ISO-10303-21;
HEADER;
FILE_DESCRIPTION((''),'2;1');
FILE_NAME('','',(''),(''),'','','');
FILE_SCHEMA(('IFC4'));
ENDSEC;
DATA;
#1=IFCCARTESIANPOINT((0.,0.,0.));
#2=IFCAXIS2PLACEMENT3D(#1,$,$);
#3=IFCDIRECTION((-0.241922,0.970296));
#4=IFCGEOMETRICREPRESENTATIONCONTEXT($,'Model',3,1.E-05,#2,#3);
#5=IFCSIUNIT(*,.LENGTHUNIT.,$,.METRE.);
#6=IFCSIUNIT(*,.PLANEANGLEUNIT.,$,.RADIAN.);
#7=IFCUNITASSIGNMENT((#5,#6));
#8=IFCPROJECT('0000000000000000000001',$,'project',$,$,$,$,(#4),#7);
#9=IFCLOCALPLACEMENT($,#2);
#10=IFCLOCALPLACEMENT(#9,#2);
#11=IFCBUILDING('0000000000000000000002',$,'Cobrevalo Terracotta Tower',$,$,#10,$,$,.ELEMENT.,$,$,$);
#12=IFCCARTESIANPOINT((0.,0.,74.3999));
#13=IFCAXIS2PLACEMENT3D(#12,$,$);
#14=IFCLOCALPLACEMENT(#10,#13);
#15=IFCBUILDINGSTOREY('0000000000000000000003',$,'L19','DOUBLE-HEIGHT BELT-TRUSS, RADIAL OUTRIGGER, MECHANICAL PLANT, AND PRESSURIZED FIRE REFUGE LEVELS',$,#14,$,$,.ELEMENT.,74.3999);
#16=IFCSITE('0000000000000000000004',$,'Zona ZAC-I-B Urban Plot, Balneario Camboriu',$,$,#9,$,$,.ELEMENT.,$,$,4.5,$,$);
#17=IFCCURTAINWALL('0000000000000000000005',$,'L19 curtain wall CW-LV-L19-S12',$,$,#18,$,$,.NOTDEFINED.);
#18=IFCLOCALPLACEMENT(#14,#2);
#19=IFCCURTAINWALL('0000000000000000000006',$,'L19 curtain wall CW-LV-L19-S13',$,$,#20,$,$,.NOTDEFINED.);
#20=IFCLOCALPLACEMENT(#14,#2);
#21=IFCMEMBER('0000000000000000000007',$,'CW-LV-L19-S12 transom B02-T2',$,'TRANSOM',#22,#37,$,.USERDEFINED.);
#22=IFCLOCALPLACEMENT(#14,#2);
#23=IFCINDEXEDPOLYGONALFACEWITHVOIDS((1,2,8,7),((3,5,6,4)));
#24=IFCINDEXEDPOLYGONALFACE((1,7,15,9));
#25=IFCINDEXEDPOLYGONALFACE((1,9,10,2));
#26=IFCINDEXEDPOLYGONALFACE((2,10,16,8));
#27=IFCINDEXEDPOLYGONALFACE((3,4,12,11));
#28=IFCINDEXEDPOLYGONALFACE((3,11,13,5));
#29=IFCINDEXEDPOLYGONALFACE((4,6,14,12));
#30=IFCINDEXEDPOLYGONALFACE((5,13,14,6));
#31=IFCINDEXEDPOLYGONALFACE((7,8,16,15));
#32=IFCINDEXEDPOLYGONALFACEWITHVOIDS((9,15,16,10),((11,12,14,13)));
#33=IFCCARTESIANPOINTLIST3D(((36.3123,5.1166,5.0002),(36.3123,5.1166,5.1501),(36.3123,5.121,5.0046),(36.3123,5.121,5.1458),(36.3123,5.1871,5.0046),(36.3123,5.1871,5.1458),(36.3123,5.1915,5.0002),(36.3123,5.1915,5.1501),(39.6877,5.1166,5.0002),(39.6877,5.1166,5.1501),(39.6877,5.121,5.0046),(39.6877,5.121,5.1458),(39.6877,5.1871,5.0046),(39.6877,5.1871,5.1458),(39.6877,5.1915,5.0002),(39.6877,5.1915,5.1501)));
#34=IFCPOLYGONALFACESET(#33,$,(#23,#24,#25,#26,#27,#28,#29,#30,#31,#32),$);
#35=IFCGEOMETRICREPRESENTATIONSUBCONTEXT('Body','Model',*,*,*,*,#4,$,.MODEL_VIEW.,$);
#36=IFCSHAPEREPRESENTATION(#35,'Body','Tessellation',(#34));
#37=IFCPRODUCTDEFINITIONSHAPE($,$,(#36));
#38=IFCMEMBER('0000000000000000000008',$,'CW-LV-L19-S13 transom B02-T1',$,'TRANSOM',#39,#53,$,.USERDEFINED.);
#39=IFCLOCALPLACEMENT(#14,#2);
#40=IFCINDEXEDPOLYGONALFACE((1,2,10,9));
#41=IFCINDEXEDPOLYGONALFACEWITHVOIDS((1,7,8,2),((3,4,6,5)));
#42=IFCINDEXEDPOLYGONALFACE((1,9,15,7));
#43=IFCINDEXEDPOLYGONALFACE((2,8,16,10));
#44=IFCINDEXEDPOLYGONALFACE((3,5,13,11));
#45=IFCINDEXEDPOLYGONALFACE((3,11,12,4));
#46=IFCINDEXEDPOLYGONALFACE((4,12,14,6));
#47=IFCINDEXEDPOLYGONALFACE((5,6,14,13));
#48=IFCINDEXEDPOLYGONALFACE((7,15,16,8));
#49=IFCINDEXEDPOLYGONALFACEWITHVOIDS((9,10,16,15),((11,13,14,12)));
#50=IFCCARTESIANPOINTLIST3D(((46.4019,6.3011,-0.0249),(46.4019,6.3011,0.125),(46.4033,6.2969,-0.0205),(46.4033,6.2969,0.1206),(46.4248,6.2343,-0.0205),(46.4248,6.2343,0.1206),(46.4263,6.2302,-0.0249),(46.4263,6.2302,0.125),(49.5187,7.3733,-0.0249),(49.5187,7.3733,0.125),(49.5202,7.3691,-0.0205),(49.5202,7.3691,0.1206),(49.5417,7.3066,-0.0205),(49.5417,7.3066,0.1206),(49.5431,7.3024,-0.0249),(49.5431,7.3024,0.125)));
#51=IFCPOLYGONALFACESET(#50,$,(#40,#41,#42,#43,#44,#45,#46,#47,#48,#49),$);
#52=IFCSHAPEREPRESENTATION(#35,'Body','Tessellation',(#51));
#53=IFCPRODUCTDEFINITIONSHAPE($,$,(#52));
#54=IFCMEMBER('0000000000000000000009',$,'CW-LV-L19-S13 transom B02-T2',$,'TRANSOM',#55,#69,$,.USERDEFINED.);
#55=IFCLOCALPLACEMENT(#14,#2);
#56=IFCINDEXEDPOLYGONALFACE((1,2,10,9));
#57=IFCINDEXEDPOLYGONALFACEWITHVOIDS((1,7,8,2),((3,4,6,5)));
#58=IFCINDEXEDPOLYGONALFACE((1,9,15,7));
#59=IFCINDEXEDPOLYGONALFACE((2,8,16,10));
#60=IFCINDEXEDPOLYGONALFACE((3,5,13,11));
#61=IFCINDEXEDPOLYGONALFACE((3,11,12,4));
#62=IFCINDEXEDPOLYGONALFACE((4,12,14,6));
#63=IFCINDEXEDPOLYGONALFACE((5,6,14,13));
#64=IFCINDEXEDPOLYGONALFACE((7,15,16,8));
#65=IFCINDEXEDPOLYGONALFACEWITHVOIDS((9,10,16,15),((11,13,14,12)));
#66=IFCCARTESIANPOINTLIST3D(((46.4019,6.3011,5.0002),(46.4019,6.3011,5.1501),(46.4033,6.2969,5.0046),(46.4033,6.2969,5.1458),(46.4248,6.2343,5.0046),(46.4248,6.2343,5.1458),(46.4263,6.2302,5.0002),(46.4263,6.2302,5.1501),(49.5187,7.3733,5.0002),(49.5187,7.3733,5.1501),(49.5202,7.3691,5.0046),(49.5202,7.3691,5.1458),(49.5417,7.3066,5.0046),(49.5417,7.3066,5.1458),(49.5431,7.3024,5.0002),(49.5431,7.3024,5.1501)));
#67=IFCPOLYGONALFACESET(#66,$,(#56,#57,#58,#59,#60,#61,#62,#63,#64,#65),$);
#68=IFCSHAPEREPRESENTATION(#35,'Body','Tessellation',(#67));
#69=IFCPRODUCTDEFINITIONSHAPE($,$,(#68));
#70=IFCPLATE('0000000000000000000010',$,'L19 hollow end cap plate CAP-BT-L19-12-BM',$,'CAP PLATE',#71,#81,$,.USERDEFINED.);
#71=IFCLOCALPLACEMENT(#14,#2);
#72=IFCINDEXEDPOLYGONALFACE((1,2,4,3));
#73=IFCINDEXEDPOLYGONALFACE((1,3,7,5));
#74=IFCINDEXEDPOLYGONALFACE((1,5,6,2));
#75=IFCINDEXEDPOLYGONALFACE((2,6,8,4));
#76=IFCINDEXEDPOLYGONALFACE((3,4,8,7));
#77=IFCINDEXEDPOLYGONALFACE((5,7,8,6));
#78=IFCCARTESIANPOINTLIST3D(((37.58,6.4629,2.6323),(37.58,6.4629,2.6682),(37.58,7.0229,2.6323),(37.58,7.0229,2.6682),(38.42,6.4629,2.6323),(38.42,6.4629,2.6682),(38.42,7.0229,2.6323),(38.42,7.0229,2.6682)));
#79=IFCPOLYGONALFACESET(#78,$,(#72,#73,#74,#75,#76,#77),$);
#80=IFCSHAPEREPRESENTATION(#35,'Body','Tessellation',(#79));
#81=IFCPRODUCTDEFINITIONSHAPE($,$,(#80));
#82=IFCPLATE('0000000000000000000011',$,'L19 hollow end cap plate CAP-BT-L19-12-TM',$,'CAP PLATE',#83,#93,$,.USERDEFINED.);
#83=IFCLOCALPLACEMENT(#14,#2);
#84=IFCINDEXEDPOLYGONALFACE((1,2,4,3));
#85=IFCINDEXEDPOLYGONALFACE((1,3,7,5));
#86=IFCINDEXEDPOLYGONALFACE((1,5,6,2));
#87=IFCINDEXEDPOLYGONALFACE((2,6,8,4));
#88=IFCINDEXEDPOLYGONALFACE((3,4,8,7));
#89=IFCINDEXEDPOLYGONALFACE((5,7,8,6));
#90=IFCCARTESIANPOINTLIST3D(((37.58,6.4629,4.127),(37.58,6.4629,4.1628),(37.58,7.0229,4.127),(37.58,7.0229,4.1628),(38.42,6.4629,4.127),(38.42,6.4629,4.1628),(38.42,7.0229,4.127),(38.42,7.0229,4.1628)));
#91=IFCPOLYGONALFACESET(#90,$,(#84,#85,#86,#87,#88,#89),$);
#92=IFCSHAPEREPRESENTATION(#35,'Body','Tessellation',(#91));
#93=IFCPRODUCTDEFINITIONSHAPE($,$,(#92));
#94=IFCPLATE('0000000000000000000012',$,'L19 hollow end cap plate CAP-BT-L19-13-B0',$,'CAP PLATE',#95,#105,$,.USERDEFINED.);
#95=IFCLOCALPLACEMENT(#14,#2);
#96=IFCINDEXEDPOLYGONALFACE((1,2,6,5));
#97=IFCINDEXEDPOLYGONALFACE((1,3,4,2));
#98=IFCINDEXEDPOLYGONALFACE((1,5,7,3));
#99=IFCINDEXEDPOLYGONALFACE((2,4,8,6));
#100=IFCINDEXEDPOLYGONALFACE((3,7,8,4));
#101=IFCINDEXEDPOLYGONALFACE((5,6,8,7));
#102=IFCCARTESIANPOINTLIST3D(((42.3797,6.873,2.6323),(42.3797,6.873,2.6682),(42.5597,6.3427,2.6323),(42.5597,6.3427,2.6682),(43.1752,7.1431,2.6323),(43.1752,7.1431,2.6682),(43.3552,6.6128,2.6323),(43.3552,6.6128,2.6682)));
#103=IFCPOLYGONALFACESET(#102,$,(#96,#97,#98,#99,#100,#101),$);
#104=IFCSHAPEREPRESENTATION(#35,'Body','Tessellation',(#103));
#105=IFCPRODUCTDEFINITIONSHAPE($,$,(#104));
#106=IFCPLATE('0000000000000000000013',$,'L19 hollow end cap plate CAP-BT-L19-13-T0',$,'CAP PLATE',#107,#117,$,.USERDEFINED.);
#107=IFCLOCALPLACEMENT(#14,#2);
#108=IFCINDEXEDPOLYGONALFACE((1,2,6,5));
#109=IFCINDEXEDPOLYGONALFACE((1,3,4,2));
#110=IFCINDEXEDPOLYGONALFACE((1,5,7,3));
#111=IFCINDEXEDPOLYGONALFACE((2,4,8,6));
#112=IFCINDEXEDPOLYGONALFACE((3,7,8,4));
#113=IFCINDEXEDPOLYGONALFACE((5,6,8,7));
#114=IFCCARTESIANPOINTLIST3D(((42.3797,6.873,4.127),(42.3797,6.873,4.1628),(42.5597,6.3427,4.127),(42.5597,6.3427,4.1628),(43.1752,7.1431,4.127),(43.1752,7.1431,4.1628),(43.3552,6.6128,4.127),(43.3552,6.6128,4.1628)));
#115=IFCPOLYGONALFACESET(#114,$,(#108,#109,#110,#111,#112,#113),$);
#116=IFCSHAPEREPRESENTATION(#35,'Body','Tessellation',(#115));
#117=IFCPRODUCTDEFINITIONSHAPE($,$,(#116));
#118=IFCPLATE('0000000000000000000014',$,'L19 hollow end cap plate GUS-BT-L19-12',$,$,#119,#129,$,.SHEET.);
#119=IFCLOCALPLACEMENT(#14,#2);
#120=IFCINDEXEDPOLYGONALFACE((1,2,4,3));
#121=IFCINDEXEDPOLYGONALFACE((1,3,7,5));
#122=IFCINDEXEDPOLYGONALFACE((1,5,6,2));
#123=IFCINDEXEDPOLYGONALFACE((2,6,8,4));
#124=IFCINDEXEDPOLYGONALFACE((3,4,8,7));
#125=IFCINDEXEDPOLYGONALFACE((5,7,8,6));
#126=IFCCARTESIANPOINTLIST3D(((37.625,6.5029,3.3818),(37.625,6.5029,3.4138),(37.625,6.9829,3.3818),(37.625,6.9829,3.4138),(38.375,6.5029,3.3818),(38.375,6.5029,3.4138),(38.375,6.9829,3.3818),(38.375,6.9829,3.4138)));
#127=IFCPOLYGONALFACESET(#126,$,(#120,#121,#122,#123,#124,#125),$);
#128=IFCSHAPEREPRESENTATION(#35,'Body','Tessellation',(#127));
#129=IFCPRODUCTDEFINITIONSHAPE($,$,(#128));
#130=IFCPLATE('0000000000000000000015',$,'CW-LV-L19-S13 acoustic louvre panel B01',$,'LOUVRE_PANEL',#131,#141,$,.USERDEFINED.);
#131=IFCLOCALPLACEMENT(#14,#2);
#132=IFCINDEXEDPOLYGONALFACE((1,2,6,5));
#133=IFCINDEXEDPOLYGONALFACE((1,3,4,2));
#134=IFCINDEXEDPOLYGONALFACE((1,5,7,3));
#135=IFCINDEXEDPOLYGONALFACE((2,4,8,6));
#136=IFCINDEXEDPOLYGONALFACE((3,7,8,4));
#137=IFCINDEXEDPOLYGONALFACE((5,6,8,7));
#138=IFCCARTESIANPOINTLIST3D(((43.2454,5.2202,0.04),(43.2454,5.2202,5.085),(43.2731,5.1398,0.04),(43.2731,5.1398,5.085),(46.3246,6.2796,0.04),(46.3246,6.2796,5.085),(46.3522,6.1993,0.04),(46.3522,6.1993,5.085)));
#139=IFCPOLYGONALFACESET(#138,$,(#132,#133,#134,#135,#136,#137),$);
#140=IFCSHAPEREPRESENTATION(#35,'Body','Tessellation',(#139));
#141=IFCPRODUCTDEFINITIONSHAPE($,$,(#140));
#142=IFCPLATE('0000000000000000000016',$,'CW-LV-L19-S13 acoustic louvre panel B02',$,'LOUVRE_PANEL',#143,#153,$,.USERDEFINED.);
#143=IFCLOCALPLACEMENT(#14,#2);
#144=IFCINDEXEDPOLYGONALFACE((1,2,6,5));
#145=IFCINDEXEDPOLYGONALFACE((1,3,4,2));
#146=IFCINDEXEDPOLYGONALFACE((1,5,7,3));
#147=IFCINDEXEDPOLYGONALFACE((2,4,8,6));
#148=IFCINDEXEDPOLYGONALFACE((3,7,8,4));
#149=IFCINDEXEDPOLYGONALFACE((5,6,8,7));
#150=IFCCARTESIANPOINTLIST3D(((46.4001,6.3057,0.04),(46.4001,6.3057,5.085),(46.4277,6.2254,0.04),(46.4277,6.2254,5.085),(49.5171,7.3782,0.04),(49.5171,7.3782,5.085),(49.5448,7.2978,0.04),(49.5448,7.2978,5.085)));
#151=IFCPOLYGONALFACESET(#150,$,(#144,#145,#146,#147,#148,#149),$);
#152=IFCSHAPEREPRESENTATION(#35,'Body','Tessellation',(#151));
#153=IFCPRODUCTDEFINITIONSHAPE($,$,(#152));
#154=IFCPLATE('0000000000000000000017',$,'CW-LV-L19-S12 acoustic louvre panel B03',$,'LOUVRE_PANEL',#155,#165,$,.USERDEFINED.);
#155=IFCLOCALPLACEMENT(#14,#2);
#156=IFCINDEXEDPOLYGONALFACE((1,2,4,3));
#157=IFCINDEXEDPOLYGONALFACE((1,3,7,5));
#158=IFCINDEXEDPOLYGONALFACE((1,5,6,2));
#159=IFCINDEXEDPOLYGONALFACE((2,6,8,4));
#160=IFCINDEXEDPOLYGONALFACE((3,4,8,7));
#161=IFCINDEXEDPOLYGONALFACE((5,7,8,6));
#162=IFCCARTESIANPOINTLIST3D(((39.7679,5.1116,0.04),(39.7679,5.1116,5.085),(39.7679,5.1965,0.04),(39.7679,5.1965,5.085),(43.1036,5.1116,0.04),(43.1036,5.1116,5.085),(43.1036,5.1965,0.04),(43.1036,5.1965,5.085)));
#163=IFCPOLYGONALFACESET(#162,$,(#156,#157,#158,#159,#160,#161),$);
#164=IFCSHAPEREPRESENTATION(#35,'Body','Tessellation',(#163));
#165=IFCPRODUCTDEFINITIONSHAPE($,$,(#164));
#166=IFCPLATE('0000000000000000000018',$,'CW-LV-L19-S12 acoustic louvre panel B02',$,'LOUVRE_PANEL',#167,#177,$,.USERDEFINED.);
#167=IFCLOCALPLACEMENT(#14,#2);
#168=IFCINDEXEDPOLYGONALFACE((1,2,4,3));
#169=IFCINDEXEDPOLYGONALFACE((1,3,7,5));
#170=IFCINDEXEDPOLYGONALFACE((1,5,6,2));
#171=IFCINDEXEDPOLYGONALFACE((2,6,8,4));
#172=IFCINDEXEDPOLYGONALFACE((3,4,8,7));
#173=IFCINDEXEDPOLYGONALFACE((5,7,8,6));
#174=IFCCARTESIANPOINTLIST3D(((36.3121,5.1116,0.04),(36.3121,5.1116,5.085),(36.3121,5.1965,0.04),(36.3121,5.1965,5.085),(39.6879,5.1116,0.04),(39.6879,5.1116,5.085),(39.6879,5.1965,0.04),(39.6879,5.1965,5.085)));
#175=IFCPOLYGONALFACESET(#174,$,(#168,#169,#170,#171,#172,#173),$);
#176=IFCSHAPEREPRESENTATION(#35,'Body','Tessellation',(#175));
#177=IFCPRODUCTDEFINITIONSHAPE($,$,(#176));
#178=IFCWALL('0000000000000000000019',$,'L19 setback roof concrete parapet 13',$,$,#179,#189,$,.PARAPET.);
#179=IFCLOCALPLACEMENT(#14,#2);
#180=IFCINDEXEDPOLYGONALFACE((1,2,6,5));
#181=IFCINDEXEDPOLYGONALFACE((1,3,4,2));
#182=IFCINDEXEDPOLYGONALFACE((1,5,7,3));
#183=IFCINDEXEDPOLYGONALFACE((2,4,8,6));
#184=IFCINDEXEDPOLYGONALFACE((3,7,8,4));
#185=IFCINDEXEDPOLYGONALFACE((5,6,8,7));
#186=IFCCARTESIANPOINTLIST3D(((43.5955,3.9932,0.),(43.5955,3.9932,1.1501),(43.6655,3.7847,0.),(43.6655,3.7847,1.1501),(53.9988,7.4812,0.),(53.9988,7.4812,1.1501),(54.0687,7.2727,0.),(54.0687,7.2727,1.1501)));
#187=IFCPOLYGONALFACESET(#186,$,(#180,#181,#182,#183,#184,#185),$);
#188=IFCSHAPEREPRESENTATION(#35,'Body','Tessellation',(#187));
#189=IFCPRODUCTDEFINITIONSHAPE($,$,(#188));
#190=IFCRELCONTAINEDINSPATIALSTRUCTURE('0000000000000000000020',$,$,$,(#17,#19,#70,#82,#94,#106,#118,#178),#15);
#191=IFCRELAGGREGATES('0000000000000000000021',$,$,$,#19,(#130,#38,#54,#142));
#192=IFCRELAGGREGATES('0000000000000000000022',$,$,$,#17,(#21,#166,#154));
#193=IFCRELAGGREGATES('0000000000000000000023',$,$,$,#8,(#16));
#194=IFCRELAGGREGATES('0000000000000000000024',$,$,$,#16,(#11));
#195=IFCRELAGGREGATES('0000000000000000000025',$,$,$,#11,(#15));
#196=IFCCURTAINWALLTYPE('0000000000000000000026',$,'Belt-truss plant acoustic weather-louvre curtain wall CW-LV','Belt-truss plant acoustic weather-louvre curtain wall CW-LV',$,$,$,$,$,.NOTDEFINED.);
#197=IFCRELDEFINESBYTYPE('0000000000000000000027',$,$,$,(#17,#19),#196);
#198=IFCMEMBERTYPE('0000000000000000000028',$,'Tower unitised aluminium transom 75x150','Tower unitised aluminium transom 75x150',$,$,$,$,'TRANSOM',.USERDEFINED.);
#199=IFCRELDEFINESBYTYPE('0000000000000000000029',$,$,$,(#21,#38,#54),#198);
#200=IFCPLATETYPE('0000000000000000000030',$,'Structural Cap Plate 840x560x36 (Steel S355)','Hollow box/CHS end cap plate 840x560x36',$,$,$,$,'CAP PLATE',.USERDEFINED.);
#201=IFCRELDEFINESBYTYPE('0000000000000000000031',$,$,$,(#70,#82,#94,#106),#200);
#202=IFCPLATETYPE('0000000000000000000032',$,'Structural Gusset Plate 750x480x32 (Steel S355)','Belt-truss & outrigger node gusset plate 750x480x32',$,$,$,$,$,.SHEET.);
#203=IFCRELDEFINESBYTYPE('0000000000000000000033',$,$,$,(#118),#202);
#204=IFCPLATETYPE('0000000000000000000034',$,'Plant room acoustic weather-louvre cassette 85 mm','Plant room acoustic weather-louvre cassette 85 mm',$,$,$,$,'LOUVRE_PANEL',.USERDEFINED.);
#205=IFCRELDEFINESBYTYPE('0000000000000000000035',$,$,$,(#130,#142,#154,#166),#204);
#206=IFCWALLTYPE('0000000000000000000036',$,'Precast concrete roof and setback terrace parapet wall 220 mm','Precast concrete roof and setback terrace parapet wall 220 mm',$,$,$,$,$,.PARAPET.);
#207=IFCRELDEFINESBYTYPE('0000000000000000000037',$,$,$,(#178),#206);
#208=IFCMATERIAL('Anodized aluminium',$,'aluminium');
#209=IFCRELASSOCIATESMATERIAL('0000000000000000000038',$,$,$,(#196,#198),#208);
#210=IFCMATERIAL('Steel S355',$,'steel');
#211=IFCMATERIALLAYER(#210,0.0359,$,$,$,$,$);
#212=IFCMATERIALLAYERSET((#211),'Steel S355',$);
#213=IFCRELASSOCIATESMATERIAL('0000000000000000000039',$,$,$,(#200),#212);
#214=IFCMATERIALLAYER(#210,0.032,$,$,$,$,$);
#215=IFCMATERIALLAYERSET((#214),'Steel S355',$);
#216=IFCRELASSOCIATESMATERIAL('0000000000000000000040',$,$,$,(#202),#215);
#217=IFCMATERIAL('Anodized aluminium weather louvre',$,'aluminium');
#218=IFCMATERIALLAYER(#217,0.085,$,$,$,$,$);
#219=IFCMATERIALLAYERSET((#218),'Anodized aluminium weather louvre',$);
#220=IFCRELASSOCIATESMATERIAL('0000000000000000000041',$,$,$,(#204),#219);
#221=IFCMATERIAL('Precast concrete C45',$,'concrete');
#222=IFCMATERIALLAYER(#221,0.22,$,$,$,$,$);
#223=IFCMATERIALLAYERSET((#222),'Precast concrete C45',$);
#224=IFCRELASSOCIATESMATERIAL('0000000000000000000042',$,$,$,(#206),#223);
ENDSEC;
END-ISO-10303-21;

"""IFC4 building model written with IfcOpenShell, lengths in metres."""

from ifc_helpers import new_model, si_unit, direction, frame, frame_2d, origin, origin_2d, place, context, subcontext, project, spatial, rectangle, hollow_rectangle, extrude, source, transform, mapped, material, layer, layer_set, material_profile, profile_set, type_object, element, aggregate, save


model = new_model("IFC4")

# Units and contexts
model_context = context("Model", 3, precision=1e-05, world=origin(), true_north=direction((-0.241922, 0.970296)))
body_context = subcontext(model_context, "Body", "Model", "MODEL_VIEW")
ifc_project = project(units=[si_unit("LENGTHUNIT", "METRE"), si_unit("PLANEANGLEUNIT", "RADIAN")], contexts=[model_context])

# Site, building, storey
site_placement = place(None, origin())
site = spatial("IfcSite", under=ifc_project, at=site_placement, Name="Zona ZAC-I-B Urban Plot, Balneario Camboriu", CompositionType="ELEMENT", RefElevation=4.5)
building_placement = place(site_placement, origin())
building = spatial("IfcBuilding", under=site, at=building_placement, Name="Cobrevalo Terracotta Tower", CompositionType="ELEMENT")
storey_placement = place(building_placement, frame((0.0, 0.0, 74.3999)))
storey = spatial("IfcBuildingStorey", under=building, at=storey_placement, Name="L19", Description="DOUBLE-HEIGHT BELT-TRUSS, RADIAL OUTRIGGER, MECHANICAL PLANT, AND PRESSURIZED FIRE REFUGE LEVELS", CompositionType="ELEMENT", Elevation=74.3999)

# Shared definitions
ifc_material_1 = material(Name="Steel S355", Category="steel")

# Curtain walls
ifc_material_2 = material(Name="Anodized aluminium", Category="aluminium")
curtain_wall_type = type_object("IfcCurtainWallType", Name="Belt-truss plant acoustic weather-louvre curtain wall CW-LV", Description="Belt-truss plant acoustic weather-louvre curtain wall CW-LV", PredefinedType="NOTDEFINED", material=ifc_material_2)
curtain_wall_1_placement = place(storey_placement, origin())
curtain_wall_1 = element("IfcCurtainWall", 1, at=curtain_wall_1_placement, inside=storey, type_object=curtain_wall_type, Name="L19 curtain wall CW-LV-L19-S12", PredefinedType="NOTDEFINED")
curtain_wall_2_placement = place(storey_placement, origin())
curtain_wall_2 = element("IfcCurtainWall", 2, at=curtain_wall_2_placement, inside=storey, type_object=curtain_wall_type, Name="L19 curtain wall CW-LV-L19-S13", PredefinedType="NOTDEFINED")
ifc_material_profile_1 = material_profile(ifc_material_2, hollow_rectangle(XDim=0.075, YDim=0.1499, WallThickness=0.0044, at=origin_2d()), Name="CWT 75x150")
ifc_profile_set_1 = profile_set([ifc_material_profile_1], Name="Anodized aluminium")
member_type_1 = type_object("IfcMemberType", Name="Tower unitised aluminium transom 75x150", Description="Tower unitised aluminium transom 75x150", ElementType="TRANSOM", PredefinedType="USERDEFINED", material=ifc_profile_set_1)

# Members
shared_shape_1 = source(origin(), body_context, "Body", "SweptSolid", [
    extrude(hollow_rectangle(XDim=0.075, YDim=0.1499, WallThickness=0.0044, at=origin_2d()), origin(), (0.0, 0.0, 1.0), 3.3755),
])
member_1_placement = place(storey_placement, frame((36.3123, 5.1541, 5.0752), z_axis=(1.0, 0.0, 0.0), x_axis=(0.0, 1.0, 0.0)))
member_1 = element("IfcMember", 3, at=member_1_placement, type_object=member_type_1, Name="CW-LV-L19-S12 transom B02-T2", ObjectType="TRANSOM", PredefinedType="USERDEFINED", context=body_context, shape_type="MappedRepresentation", body=[
    mapped(shared_shape_1, transform((0.0, 0.0, 0.0), scale=1.0)),
])
shared_shape_2 = source(origin(), body_context, "Body", "SweptSolid", [
    extrude(hollow_rectangle(XDim=0.075, YDim=0.1499, WallThickness=0.0044, at=origin_2d()), origin(), (0.0, 0.0, 1.0), 3.2961),
])
member_2_placement = place(storey_placement, frame((46.4141, 6.2656, 0.05), z_axis=(0.94561, 0.325301, 0.0), x_axis=(-0.325301, 0.94561, 0.0)))
member_2 = element("IfcMember", 4, at=member_2_placement, type_object=member_type_1, Name="CW-LV-L19-S13 transom B02-T1", ObjectType="TRANSOM", PredefinedType="USERDEFINED", context=body_context, shape_type="MappedRepresentation", body=[
    mapped(shared_shape_2, transform((0.0, 0.0, 0.0), scale=1.0)),
])
member_3_placement = place(storey_placement, frame((46.4141, 6.2656, 5.0752), z_axis=(0.94561, 0.325301, 0.0), x_axis=(-0.325301, 0.94561, 0.0)))
member_3 = element("IfcMember", 5, at=member_3_placement, type_object=member_type_1, Name="CW-LV-L19-S13 transom B02-T2", ObjectType="TRANSOM", PredefinedType="USERDEFINED", context=body_context, shape_type="MappedRepresentation", body=[
    mapped(shared_shape_2, transform((0.0, 0.0, 0.0), scale=1.0)),
])

# Plates
ifc_layer_1 = layer(ifc_material_1, 0.0359)
ifc_layer_set_1 = layer_set([ifc_layer_1], Name="Steel S355")
plate_type_1 = type_object("IfcPlateType", Name="Structural Cap Plate 840x560x36 (Steel S355)", Description="Hollow box/CHS end cap plate 840x560x36", ElementType="CAP PLATE", PredefinedType="USERDEFINED", material=ifc_layer_set_1)
shared_shape_3 = source(origin(), body_context, "Body", "SweptSolid", [
    extrude(rectangle(XDim=0.8401, YDim=0.5601, at=origin_2d()), origin(), (0.0, 0.0, 1.0), 0.0359),
])
for number, where, z_axis, x_axis, name in (
    (6, (38.0, 6.7429, 2.6323), (0.0, 0.0, 1.0), (1.0, 0.0, 0.0), "L19 hollow end cap plate CAP-BT-L19-12-BM"),
    (7, (38.0, 6.7429, 4.127), (0.0, 0.0, 1.0), (1.0, 0.0, 0.0), "L19 hollow end cap plate CAP-BT-L19-12-TM"),
    (8, (42.8674, 6.7429, 2.6323), (0.0, 0.0, 1.0), (0.946916, 0.321482, 0.0), "L19 hollow end cap plate CAP-BT-L19-13-B0"),
    (9, (42.8674, 6.7429, 4.127), (0.0, 0.0, 1.0), (0.946916, 0.321482, 0.0), "L19 hollow end cap plate CAP-BT-L19-13-T0"),
):
    element("IfcPlate", number, at=place(storey_placement, frame(where, z_axis=z_axis, x_axis=x_axis)), inside=storey, type_object=plate_type_1, Name=name, ObjectType="CAP PLATE", PredefinedType="USERDEFINED", context=body_context, shape_type="MappedRepresentation", body=[
        mapped(shared_shape_3, transform((0.0, 0.0, 0.0), scale=1.0)),
    ])
ifc_layer_2 = layer(ifc_material_1, 0.032)
ifc_layer_set_2 = layer_set([ifc_layer_2], Name="Steel S355")
plate_type_2 = type_object("IfcPlateType", Name="Structural Gusset Plate 750x480x32 (Steel S355)", Description="Belt-truss & outrigger node gusset plate 750x480x32", PredefinedType="SHEET", material=ifc_layer_set_2)
shared_shape_4 = source(origin(), body_context, "Body", "SweptSolid", [
    extrude(rectangle(XDim=0.75, YDim=0.48, at=origin_2d()), origin(), (0.0, 0.0, 1.0), 0.032),
])
plate_1_placement = place(storey_placement, frame((38.0, 6.7429, 3.3818), z_axis=(0.0, 0.0, 1.0), x_axis=(1.0, 0.0, 0.0)))
element("IfcPlate", 10, at=plate_1_placement, inside=storey, type_object=plate_type_2, Name="L19 hollow end cap plate GUS-BT-L19-12", PredefinedType="SHEET", context=body_context, shape_type="MappedRepresentation", body=[
    mapped(shared_shape_4, transform((0.0, 0.0, 0.0), scale=1.0)),
])

# Plates
ifc_material_3 = material(Name="Anodized aluminium weather louvre", Category="aluminium")
ifc_layer_3 = layer(ifc_material_3, 0.085)
ifc_layer_set_3 = layer_set([ifc_layer_3], Name="Anodized aluminium weather louvre")
plate_type_3 = type_object("IfcPlateType", Name="Plant room acoustic weather-louvre cassette 85 mm", Description="Plant room acoustic weather-louvre cassette 85 mm", ElementType="LOUVRE_PANEL", PredefinedType="USERDEFINED", material=ifc_layer_set_3)
shared_shape_5 = source(origin(), body_context, "Body", "SweptSolid", [
    extrude(rectangle(XDim=3.2563, YDim=0.085, at=origin_2d()), origin(), (0.0, 0.0, 1.0), 5.0449),
])
plate_2_placement = place(storey_placement, frame((44.7988, 5.7097, 0.04), z_axis=(0.0, 0.0, 1.0), x_axis=(0.945596, 0.325342, 0.0)))
plate_2 = element("IfcPlate", 11, at=plate_2_placement, type_object=plate_type_3, Name="CW-LV-L19-S13 acoustic louvre panel B01", ObjectType="LOUVRE_PANEL", PredefinedType="USERDEFINED", context=body_context, shape_type="MappedRepresentation", body=[
    mapped(shared_shape_5, transform((0.0, 0.0, 0.0), scale=1.0)),
])
shared_shape_6 = source(origin(), body_context, "Body", "SweptSolid", [
    extrude(rectangle(XDim=3.2964, YDim=0.085, at=origin_2d()), origin(), (0.0, 0.0, 1.0), 5.0449),
])
plate_3_placement = place(storey_placement, frame((47.9724, 6.8018, 0.04), z_axis=(0.0, 0.0, 1.0), x_axis=(0.945596, 0.325342, 0.0)))
plate_3 = element("IfcPlate", 12, at=plate_3_placement, type_object=plate_type_3, Name="CW-LV-L19-S13 acoustic louvre panel B02", ObjectType="LOUVRE_PANEL", PredefinedType="USERDEFINED", context=body_context, shape_type="MappedRepresentation", body=[
    mapped(shared_shape_6, transform((0.0, 0.0, 0.0), scale=1.0)),
])
aggregate(curtain_wall_2, [plate_2, member_2, member_3, plate_3])
shared_shape_7 = source(origin(), body_context, "Body", "SweptSolid", [
    extrude(rectangle(XDim=3.3357, YDim=0.085, at=origin_2d()), origin(), (0.0, 0.0, 1.0), 5.0449),
])
plate_4_placement = place(storey_placement, frame((41.4358, 5.1541, 0.04), z_axis=(0.0, 0.0, 1.0), x_axis=(1.0, 0.0, 0.0)))
plate_4 = element("IfcPlate", 13, at=plate_4_placement, type_object=plate_type_3, Name="CW-LV-L19-S12 acoustic louvre panel B03", ObjectType="LOUVRE_PANEL", PredefinedType="USERDEFINED", context=body_context, shape_type="MappedRepresentation", body=[
    mapped(shared_shape_7, transform((0.0, 0.0, 0.0), scale=1.0)),
])
shared_shape_8 = source(origin(), body_context, "Body", "SweptSolid", [
    extrude(rectangle(XDim=3.3757, YDim=0.085, at=origin_2d()), origin(), (0.0, 0.0, 1.0), 5.0449),
])
plate_5_placement = place(storey_placement, frame((38.0, 5.1541, 0.04), z_axis=(0.0, 0.0, 1.0), x_axis=(1.0, 0.0, 0.0)))
plate_5 = element("IfcPlate", 14, at=plate_5_placement, type_object=plate_type_3, Name="CW-LV-L19-S12 acoustic louvre panel B02", ObjectType="LOUVRE_PANEL", PredefinedType="USERDEFINED", context=body_context, shape_type="MappedRepresentation", body=[
    mapped(shared_shape_8, transform((0.0, 0.0, 0.0), scale=1.0)),
])
aggregate(curtain_wall_1, [member_1, plate_5, plate_4])

# Wall
ifc_material_4 = material(Name="Precast concrete C45", Category="concrete")
ifc_layer_4 = layer(ifc_material_4, 0.22)
ifc_layer_set_4 = layer_set([ifc_layer_4], Name="Precast concrete C45")
wall_type = type_object("IfcWallType", Name="Precast concrete roof and setback terrace parapet wall 220 mm", Description="Precast concrete roof and setback terrace parapet wall 220 mm", PredefinedType="PARAPET", material=ifc_layer_set_4)
wall_placement = place(storey_placement, frame((43.6304, 3.8889, 0.0), z_axis=(0.0, 0.0, 1.0), x_axis=(0.948128, 0.317889, 0.0)))
element("IfcWall", 15, at=wall_placement, inside=storey, type_object=wall_type, Name="L19 setback roof concrete parapet 13", PredefinedType="PARAPET", context=body_context, shape_type="SweptSolid", body=[
    extrude(rectangle(XDim=10.9724, YDim=0.22, at=frame_2d((5.4863, 0.0))), origin(), (0.0, 0.0, 1.0), 1.1501),
])

save(model, "model.ifc")
